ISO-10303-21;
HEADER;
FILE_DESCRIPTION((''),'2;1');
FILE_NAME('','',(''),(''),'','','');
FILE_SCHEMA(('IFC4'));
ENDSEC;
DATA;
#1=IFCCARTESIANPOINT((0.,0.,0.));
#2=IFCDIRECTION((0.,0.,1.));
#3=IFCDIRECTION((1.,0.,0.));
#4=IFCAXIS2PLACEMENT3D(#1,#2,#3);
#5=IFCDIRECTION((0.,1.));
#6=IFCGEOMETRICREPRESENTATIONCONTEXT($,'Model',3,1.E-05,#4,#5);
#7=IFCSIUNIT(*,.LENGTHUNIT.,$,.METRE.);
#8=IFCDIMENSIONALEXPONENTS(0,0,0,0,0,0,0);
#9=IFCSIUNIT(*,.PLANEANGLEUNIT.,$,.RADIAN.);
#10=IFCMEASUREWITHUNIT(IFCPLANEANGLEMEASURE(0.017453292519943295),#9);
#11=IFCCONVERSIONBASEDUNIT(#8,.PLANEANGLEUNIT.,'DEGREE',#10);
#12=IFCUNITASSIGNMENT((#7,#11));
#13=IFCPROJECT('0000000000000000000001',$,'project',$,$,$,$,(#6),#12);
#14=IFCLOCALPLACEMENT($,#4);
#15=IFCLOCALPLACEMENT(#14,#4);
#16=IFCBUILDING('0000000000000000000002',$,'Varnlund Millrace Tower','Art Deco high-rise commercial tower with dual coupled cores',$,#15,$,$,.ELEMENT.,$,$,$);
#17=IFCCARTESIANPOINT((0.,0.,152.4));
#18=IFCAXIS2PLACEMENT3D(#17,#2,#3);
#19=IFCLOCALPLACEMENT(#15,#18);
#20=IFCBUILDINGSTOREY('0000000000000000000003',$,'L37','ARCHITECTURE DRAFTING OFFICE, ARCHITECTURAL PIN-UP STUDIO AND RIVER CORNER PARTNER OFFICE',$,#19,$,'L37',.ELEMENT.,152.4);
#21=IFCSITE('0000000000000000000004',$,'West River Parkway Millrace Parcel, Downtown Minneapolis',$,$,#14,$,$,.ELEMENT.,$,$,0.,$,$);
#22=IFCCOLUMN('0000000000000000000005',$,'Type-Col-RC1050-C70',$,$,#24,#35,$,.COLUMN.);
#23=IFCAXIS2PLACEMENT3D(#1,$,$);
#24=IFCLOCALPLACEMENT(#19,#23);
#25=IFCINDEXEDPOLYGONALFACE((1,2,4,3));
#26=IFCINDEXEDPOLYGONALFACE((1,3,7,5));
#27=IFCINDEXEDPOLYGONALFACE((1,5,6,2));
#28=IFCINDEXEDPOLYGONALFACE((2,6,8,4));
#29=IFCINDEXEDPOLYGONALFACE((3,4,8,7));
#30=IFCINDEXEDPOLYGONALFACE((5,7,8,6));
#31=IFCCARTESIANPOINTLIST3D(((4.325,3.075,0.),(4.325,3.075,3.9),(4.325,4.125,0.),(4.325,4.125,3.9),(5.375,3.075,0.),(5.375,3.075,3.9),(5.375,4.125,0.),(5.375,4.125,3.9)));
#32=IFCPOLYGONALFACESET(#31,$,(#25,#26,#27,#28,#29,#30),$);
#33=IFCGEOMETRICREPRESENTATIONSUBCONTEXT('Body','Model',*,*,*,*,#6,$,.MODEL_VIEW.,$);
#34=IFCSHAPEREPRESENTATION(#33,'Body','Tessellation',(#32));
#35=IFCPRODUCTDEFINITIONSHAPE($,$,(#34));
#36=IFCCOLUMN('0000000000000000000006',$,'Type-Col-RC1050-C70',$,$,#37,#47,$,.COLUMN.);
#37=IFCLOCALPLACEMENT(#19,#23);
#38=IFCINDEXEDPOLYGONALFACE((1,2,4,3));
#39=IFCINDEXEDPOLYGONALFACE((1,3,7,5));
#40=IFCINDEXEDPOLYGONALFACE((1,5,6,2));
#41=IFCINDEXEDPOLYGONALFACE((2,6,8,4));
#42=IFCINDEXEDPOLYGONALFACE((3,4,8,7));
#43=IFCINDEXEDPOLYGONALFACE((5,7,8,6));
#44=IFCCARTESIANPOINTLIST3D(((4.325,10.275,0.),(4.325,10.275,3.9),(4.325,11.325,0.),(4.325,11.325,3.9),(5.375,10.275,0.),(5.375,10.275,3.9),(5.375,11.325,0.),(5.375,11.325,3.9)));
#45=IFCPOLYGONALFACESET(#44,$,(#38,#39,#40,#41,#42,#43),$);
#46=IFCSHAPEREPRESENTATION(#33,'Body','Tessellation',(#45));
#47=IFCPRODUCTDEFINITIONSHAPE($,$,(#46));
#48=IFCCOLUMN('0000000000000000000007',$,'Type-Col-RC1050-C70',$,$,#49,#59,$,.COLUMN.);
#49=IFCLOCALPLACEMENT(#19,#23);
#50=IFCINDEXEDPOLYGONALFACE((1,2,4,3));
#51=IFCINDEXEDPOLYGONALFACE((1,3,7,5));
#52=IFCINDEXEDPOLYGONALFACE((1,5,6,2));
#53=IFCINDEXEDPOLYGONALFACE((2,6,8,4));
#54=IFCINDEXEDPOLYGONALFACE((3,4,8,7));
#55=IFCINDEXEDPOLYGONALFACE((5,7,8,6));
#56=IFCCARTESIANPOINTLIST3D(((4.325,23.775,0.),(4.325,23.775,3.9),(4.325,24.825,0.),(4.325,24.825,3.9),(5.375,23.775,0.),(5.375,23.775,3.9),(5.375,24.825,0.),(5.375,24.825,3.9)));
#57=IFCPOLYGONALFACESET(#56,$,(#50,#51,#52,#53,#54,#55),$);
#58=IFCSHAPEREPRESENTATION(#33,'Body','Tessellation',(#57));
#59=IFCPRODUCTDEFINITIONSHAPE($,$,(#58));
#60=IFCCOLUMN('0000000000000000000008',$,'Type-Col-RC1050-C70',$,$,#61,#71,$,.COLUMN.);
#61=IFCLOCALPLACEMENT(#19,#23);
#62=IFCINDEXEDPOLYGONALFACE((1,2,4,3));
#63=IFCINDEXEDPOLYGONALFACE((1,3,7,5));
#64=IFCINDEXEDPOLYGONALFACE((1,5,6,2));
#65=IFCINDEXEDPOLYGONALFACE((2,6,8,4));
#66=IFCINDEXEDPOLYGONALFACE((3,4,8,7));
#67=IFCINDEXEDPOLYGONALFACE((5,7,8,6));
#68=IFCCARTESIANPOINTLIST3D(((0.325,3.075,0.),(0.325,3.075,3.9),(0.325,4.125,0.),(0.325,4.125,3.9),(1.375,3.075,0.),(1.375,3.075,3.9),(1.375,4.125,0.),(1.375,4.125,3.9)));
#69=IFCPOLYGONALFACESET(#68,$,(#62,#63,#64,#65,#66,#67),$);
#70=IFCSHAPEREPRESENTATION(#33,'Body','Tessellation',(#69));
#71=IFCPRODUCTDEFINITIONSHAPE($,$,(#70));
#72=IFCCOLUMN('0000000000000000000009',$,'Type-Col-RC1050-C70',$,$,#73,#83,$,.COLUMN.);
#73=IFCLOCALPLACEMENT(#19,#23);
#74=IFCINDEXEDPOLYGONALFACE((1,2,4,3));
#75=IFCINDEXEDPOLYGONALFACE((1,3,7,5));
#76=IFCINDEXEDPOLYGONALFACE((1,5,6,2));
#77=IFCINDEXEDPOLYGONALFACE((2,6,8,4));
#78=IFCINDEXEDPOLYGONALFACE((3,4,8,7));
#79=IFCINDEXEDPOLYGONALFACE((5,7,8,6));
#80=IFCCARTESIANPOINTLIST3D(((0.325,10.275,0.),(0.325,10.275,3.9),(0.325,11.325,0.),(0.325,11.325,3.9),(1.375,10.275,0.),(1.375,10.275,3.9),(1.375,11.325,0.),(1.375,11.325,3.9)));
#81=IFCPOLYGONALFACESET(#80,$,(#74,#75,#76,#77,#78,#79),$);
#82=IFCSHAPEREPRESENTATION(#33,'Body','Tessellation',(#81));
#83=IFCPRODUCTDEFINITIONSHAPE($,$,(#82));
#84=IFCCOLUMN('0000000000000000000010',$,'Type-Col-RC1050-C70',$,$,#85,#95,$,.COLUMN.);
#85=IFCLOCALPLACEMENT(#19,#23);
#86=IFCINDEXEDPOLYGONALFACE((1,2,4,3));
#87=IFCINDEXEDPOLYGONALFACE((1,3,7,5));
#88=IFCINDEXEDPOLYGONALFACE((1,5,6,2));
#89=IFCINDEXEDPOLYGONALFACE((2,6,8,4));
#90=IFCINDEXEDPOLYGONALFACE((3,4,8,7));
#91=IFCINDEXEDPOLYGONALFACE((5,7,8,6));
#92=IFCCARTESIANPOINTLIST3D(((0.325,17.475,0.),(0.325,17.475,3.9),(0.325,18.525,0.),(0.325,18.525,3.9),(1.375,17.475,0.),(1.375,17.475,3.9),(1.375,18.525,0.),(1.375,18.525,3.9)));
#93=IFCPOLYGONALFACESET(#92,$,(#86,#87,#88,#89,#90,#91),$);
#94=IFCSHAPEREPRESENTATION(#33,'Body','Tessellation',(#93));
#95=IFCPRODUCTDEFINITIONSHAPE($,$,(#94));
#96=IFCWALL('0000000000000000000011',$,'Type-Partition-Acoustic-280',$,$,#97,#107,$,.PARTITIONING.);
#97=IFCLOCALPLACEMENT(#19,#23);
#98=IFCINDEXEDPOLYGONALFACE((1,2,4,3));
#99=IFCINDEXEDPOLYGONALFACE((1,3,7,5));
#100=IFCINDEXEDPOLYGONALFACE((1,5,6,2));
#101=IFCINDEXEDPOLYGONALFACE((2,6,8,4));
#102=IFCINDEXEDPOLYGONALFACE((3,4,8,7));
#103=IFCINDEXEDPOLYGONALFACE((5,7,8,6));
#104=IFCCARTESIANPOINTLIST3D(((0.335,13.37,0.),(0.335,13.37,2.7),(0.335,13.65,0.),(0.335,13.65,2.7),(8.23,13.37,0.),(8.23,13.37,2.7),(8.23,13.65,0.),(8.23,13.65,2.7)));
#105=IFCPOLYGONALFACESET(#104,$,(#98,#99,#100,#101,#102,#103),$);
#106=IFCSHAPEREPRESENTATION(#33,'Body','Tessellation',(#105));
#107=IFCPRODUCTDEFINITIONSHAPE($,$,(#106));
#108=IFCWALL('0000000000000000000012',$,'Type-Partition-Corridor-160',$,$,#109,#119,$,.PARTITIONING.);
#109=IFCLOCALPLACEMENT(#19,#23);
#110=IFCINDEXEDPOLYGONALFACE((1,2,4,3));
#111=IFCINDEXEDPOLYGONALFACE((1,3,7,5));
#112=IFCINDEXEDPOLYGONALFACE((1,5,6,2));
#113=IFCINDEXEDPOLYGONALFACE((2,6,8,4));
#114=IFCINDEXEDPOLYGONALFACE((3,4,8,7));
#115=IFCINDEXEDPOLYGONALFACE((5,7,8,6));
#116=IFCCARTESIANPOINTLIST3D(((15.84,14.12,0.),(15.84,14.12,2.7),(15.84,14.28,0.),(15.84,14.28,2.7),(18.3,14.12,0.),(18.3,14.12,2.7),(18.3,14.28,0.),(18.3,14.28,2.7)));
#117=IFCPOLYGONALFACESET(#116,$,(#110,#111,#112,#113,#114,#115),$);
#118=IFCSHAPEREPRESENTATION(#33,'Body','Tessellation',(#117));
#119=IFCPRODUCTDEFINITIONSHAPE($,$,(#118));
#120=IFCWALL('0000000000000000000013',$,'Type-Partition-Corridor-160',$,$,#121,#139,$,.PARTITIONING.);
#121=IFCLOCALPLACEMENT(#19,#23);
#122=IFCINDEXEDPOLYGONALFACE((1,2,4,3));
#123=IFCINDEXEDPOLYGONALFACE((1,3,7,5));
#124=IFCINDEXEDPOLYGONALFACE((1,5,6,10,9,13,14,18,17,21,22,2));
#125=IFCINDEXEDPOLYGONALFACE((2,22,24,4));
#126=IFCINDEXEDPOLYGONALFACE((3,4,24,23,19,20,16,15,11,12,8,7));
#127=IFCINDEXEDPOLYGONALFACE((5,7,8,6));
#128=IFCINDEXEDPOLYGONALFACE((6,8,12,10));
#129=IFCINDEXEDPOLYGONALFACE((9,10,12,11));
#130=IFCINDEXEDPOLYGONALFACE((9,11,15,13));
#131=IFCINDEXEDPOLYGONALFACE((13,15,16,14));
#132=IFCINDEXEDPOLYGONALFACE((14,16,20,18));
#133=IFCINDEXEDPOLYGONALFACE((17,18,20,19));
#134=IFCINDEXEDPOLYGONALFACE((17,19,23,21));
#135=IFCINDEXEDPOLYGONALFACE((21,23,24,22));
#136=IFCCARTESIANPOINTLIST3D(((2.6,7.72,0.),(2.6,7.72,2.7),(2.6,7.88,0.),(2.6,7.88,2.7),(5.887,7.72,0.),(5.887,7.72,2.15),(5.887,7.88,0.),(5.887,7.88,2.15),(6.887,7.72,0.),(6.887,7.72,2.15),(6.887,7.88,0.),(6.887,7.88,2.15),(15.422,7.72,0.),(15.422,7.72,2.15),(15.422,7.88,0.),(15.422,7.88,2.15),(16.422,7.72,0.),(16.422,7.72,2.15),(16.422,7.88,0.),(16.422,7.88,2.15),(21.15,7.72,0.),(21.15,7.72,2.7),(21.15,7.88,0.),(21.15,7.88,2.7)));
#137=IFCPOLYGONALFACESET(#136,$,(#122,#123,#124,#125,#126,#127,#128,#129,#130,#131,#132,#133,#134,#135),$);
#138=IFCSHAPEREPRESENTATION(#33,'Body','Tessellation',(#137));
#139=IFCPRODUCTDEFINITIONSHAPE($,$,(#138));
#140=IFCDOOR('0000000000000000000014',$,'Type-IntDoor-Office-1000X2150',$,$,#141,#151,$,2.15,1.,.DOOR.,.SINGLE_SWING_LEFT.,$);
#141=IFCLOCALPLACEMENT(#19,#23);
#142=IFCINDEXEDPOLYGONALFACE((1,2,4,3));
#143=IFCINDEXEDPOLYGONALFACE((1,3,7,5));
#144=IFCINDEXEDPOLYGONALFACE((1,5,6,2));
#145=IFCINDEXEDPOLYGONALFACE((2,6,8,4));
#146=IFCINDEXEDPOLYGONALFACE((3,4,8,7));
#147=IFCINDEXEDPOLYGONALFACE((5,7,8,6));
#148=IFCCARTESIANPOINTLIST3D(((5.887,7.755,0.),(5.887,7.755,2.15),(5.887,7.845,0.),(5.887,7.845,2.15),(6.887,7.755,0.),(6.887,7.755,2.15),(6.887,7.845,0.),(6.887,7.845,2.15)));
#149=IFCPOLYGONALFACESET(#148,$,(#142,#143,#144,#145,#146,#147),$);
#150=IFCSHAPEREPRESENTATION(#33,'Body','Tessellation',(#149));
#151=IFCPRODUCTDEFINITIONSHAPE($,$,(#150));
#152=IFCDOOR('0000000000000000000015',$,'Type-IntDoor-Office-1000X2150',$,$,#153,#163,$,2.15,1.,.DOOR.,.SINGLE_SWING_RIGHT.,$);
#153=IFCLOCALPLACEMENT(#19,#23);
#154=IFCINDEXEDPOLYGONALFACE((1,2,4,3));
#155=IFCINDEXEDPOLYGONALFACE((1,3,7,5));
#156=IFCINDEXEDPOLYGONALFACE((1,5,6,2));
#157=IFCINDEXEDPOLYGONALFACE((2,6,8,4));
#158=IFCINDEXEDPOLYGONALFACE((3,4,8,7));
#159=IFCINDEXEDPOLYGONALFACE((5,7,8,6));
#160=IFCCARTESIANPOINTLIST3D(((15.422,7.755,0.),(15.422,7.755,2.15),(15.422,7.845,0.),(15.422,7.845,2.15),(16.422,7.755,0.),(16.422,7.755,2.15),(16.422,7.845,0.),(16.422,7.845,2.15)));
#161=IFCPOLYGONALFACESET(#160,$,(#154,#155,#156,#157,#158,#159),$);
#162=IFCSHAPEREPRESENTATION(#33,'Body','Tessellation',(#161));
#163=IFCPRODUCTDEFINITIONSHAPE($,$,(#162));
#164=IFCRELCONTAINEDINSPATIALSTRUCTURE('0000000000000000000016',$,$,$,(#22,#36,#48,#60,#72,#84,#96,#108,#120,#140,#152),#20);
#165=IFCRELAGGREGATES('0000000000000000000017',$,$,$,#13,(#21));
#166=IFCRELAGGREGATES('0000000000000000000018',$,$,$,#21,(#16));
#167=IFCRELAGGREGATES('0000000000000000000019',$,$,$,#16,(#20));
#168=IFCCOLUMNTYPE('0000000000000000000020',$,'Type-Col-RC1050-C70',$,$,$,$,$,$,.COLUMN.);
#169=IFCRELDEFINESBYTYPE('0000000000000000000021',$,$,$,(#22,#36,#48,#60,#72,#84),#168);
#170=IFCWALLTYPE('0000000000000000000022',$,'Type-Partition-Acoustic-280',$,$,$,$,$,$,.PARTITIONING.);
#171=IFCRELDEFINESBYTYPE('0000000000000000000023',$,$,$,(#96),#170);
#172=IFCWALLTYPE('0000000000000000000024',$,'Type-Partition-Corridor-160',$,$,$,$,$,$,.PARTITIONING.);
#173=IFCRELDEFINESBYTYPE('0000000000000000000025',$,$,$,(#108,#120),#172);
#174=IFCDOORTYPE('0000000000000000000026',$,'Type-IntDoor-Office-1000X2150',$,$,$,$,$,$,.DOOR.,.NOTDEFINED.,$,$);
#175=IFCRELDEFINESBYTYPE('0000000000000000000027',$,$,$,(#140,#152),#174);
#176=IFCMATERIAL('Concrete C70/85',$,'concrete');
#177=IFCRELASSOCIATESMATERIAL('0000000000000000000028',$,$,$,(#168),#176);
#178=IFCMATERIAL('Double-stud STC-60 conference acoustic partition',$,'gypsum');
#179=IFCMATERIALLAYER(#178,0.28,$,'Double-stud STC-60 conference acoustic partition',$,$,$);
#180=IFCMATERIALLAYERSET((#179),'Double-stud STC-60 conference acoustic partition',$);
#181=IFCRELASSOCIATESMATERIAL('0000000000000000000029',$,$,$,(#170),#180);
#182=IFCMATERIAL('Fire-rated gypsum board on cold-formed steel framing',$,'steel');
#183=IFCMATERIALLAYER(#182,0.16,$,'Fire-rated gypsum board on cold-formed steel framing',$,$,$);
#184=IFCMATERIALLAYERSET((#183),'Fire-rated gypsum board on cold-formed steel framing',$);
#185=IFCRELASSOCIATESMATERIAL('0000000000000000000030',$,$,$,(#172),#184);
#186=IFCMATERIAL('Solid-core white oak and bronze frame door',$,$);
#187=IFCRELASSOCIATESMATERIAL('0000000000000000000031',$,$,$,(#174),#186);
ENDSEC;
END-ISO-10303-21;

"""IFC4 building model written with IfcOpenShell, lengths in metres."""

from ifc_helpers import new_model, entity, si_unit, converted_unit, direction, frame, origin_with_axes, origin_2d_with_axis, place, context, subcontext, project, spatial, polyline, rectangle, outline, extrude, material, layer, layer_set, material_profile, profile_set, type_object, element, fill, save


model = new_model("IFC4")

# Units and contexts
model_context = context("Model", 3, precision=1e-05, world=origin_with_axes(), true_north=direction((0.0, 1.0)))
body_context = subcontext(model_context, "Body", "Model", "MODEL_VIEW")
ifc_project = project(units=[si_unit("LENGTHUNIT", "METRE"), converted_unit("PLANEANGLEUNIT", "DEGREE", entity("IfcPlaneAngleMeasure", 0.017453292519943295), si_unit("PLANEANGLEUNIT", "RADIAN"), dimensions=[0, 0, 0, 0, 0, 0, 0])], contexts=[model_context])

# Site, building, storey
site_placement = place(None, origin_with_axes())
site = spatial("IfcSite", under=ifc_project, at=site_placement, Name="West River Parkway Millrace Parcel, Downtown Minneapolis", CompositionType="ELEMENT", RefElevation=0.0)
building_placement = place(site_placement, origin_with_axes())
building = spatial("IfcBuilding", under=site, at=building_placement, Name="Varnlund Millrace Tower", Description="Art Deco high-rise commercial tower with dual coupled cores", CompositionType="ELEMENT")
storey_placement = place(building_placement, frame((0.0, 0.0, 152.4), z_axis=(0.0, 0.0, 1.0), x_axis=(1.0, 0.0, 0.0)))
storey = spatial("IfcBuildingStorey", under=building, at=storey_placement, Name="L37", Description="ARCHITECTURE DRAFTING OFFICE, ARCHITECTURAL PIN-UP STUDIO AND RIVER CORNER PARTNER OFFICE", LongName="L37", CompositionType="ELEMENT", Elevation=152.4)

# Columns
ifc_material_1 = material(Name="Concrete C70/85", Category="concrete")
ifc_material_profile = material_profile(ifc_material_1, rectangle(XDim=1.05, YDim=1.05, at=origin_2d_with_axis()), Name="Concrete C70/85")
ifc_profile_set = profile_set([ifc_material_profile], Name="Concrete C70/85")
column_type = type_object("IfcColumnType", Name="Type-Col-RC1050-C70", PredefinedType="COLUMN", material=ifc_profile_set)
for number, where, z_axis, x_axis, name in (
    (1, (4.85, 3.6, 0.0), (0.0, 0.0, 1.0), (1.0, 0.0, 0.0), "Type-Col-RC1050-C70"),
    (2, (4.85, 10.8, 0.0), (0.0, 0.0, 1.0), (1.0, 0.0, 0.0), "Type-Col-RC1050-C70"),
    (3, (4.85, 24.3, 0.0), (0.0, 0.0, 1.0), (1.0, 0.0, 0.0), "Type-Col-RC1050-C70"),
    (4, (0.85, 3.6, 0.0), (0.0, 0.0, 1.0), (1.0, 0.0, 0.0), "Type-Col-RC1050-C70"),
    (5, (0.85, 10.8, 0.0), (0.0, 0.0, 1.0), (1.0, 0.0, 0.0), "Type-Col-RC1050-C70"),
    (6, (0.85, 18.0, 0.0), (0.0, 0.0, 1.0), (1.0, 0.0, 0.0), "Type-Col-RC1050-C70"),
):
    element("IfcColumn", number, at=place(storey_placement, frame(where, z_axis=z_axis, x_axis=x_axis)), inside=storey, type_object=column_type, Name=name, PredefinedType="COLUMN", context=body_context, shape_type="SweptSolid", body=[
        extrude(rectangle(XDim=1.05, YDim=1.05, at=origin_2d_with_axis()), origin_with_axes(), (0.0, 0.0, 1.0), 3.9),
    ])

# Walls
ifc_material_2 = material(Name="Double-stud STC-60 conference acoustic partition", Category="gypsum")
ifc_layer_1 = layer(ifc_material_2, 0.28, Name="Double-stud STC-60 conference acoustic partition")
ifc_layer_set_1 = layer_set([ifc_layer_1], Name="Double-stud STC-60 conference acoustic partition")
wall_type_1 = type_object("IfcWallType", Name="Type-Partition-Acoustic-280", PredefinedType="PARTITIONING", material=ifc_layer_set_1)
wall_1_placement = place(storey_placement, frame((0.335, 13.51, 0.0), z_axis=(0.0, 0.0, 1.0), x_axis=(1.0, 0.0, 0.0)))
element("IfcWall", 7, at=wall_1_placement, inside=storey, type_object=wall_type_1, Name="Type-Partition-Acoustic-280", PredefinedType="PARTITIONING", context=body_context, shape_type="SweptSolid", body=[
    extrude(outline(polyline([(0.0, -0.14), (7.895, -0.14), (7.895, 0.14), (0.0, 0.14), (0.0, -0.14)])), origin_with_axes(), (0.0, 0.0, 1.0), 2.7),
])
ifc_material_3 = material(Name="Fire-rated gypsum board on cold-formed steel framing", Category="steel")
ifc_layer_2 = layer(ifc_material_3, 0.16, Name="Fire-rated gypsum board on cold-formed steel framing")
ifc_layer_set_2 = layer_set([ifc_layer_2], Name="Fire-rated gypsum board on cold-formed steel framing")
wall_type_2 = type_object("IfcWallType", Name="Type-Partition-Corridor-160", PredefinedType="PARTITIONING", material=ifc_layer_set_2)
wall_2_placement = place(storey_placement, frame((15.84, 14.2, 0.0), z_axis=(0.0, 0.0, 1.0), x_axis=(1.0, 0.0, 0.0)))
element("IfcWall", 8, at=wall_2_placement, inside=storey, type_object=wall_type_2, Name="Type-Partition-Corridor-160", PredefinedType="PARTITIONING", context=body_context, shape_type="SweptSolid", body=[
    extrude(outline(polyline([(0.0, -0.08), (2.46, -0.08), (2.46, 0.08), (0.0, 0.08), (0.0, -0.08)])), origin_with_axes(), (0.0, 0.0, 1.0), 2.7),
])

# Wall, openings, doors
wall_3_placement = place(storey_placement, frame((2.6, 7.8, 0.0), z_axis=(0.0, 0.0, 1.0), x_axis=(1.0, 0.0, 0.0)))
wall_3 = element("IfcWall", 9, at=wall_3_placement, inside=storey, type_object=wall_type_2, Name="Type-Partition-Corridor-160", PredefinedType="PARTITIONING", context=body_context, shape_type="SweptSolid", body=[
    extrude(outline(polyline([(0.0, -0.08), (18.55, -0.08), (18.55, 0.08), (0.0, 0.08), (0.0, -0.08)])), origin_with_axes(), (0.0, 0.0, 1.0), 2.7),
])
opening_1_placement = place(wall_3_placement, frame((3.787, 0.0, 0.0), z_axis=(0.0, 0.0, 1.0), x_axis=(1.0, 0.0, 0.0)))
opening_1 = element("IfcOpeningElement", 10, at=opening_1_placement, cuts=wall_3, PredefinedType="OPENING", context=body_context, shape_type="SweptSolid", body=[
    extrude(rectangle(XDim=1.0, YDim=0.18, at=origin_2d_with_axis()), origin_with_axes(), (0.0, 0.0, 1.0), 2.15),
])
opening_2_placement = place(wall_3_placement, frame((13.322, 0.0, 0.0), z_axis=(0.0, 0.0, 1.0), x_axis=(1.0, 0.0, 0.0)))
opening_2 = element("IfcOpeningElement", 11, at=opening_2_placement, cuts=wall_3, PredefinedType="OPENING", context=body_context, shape_type="SweptSolid", body=[
    extrude(rectangle(XDim=1.0, YDim=0.18, at=origin_2d_with_axis()), origin_with_axes(), (0.0, 0.0, 1.0), 2.15),
])
ifc_material_4 = material(Name="Solid-core white oak and bronze frame door")
door_type_1 = type_object("IfcDoorType", Name="Type-IntDoor-Office-1000X2150", OperationType="NOTDEFINED", PredefinedType="DOOR", material=ifc_material_4)
door_1_placement = place(wall_3_placement, frame((3.787, 0.0, 0.0), z_axis=(0.0, 0.0, 1.0), x_axis=(1.0, 0.0, 0.0)))
door_1 = element("IfcDoor", 12, at=door_1_placement, inside=storey, type_object=door_type_1, Name="Type-IntDoor-Office-1000X2150", OperationType="SINGLE_SWING_LEFT", OverallHeight=2.15, OverallWidth=1.0, PredefinedType="DOOR", context=body_context, shape_type="SweptSolid", body=[
    extrude(rectangle(XDim=1.0, YDim=0.09, at=origin_2d_with_axis()), origin_with_axes(), (0.0, 0.0, 1.0), 2.15),
])
fill(opening_1, door_1)
door_2_placement = place(wall_3_placement, frame((13.322, 0.0, 0.0), z_axis=(0.0, 0.0, 1.0), x_axis=(1.0, 0.0, 0.0)))
door_2 = element("IfcDoor", 13, at=door_2_placement, inside=storey, type_object=door_type_1, Name="Type-IntDoor-Office-1000X2150", OperationType="SINGLE_SWING_RIGHT", OverallHeight=2.15, OverallWidth=1.0, PredefinedType="DOOR", context=body_context, shape_type="SweptSolid", body=[
    extrude(rectangle(XDim=1.0, YDim=0.09, at=origin_2d_with_axis()), origin_with_axes(), (0.0, 0.0, 1.0), 2.15),
])
fill(opening_2, door_2)

save(model, "model.ifc")
